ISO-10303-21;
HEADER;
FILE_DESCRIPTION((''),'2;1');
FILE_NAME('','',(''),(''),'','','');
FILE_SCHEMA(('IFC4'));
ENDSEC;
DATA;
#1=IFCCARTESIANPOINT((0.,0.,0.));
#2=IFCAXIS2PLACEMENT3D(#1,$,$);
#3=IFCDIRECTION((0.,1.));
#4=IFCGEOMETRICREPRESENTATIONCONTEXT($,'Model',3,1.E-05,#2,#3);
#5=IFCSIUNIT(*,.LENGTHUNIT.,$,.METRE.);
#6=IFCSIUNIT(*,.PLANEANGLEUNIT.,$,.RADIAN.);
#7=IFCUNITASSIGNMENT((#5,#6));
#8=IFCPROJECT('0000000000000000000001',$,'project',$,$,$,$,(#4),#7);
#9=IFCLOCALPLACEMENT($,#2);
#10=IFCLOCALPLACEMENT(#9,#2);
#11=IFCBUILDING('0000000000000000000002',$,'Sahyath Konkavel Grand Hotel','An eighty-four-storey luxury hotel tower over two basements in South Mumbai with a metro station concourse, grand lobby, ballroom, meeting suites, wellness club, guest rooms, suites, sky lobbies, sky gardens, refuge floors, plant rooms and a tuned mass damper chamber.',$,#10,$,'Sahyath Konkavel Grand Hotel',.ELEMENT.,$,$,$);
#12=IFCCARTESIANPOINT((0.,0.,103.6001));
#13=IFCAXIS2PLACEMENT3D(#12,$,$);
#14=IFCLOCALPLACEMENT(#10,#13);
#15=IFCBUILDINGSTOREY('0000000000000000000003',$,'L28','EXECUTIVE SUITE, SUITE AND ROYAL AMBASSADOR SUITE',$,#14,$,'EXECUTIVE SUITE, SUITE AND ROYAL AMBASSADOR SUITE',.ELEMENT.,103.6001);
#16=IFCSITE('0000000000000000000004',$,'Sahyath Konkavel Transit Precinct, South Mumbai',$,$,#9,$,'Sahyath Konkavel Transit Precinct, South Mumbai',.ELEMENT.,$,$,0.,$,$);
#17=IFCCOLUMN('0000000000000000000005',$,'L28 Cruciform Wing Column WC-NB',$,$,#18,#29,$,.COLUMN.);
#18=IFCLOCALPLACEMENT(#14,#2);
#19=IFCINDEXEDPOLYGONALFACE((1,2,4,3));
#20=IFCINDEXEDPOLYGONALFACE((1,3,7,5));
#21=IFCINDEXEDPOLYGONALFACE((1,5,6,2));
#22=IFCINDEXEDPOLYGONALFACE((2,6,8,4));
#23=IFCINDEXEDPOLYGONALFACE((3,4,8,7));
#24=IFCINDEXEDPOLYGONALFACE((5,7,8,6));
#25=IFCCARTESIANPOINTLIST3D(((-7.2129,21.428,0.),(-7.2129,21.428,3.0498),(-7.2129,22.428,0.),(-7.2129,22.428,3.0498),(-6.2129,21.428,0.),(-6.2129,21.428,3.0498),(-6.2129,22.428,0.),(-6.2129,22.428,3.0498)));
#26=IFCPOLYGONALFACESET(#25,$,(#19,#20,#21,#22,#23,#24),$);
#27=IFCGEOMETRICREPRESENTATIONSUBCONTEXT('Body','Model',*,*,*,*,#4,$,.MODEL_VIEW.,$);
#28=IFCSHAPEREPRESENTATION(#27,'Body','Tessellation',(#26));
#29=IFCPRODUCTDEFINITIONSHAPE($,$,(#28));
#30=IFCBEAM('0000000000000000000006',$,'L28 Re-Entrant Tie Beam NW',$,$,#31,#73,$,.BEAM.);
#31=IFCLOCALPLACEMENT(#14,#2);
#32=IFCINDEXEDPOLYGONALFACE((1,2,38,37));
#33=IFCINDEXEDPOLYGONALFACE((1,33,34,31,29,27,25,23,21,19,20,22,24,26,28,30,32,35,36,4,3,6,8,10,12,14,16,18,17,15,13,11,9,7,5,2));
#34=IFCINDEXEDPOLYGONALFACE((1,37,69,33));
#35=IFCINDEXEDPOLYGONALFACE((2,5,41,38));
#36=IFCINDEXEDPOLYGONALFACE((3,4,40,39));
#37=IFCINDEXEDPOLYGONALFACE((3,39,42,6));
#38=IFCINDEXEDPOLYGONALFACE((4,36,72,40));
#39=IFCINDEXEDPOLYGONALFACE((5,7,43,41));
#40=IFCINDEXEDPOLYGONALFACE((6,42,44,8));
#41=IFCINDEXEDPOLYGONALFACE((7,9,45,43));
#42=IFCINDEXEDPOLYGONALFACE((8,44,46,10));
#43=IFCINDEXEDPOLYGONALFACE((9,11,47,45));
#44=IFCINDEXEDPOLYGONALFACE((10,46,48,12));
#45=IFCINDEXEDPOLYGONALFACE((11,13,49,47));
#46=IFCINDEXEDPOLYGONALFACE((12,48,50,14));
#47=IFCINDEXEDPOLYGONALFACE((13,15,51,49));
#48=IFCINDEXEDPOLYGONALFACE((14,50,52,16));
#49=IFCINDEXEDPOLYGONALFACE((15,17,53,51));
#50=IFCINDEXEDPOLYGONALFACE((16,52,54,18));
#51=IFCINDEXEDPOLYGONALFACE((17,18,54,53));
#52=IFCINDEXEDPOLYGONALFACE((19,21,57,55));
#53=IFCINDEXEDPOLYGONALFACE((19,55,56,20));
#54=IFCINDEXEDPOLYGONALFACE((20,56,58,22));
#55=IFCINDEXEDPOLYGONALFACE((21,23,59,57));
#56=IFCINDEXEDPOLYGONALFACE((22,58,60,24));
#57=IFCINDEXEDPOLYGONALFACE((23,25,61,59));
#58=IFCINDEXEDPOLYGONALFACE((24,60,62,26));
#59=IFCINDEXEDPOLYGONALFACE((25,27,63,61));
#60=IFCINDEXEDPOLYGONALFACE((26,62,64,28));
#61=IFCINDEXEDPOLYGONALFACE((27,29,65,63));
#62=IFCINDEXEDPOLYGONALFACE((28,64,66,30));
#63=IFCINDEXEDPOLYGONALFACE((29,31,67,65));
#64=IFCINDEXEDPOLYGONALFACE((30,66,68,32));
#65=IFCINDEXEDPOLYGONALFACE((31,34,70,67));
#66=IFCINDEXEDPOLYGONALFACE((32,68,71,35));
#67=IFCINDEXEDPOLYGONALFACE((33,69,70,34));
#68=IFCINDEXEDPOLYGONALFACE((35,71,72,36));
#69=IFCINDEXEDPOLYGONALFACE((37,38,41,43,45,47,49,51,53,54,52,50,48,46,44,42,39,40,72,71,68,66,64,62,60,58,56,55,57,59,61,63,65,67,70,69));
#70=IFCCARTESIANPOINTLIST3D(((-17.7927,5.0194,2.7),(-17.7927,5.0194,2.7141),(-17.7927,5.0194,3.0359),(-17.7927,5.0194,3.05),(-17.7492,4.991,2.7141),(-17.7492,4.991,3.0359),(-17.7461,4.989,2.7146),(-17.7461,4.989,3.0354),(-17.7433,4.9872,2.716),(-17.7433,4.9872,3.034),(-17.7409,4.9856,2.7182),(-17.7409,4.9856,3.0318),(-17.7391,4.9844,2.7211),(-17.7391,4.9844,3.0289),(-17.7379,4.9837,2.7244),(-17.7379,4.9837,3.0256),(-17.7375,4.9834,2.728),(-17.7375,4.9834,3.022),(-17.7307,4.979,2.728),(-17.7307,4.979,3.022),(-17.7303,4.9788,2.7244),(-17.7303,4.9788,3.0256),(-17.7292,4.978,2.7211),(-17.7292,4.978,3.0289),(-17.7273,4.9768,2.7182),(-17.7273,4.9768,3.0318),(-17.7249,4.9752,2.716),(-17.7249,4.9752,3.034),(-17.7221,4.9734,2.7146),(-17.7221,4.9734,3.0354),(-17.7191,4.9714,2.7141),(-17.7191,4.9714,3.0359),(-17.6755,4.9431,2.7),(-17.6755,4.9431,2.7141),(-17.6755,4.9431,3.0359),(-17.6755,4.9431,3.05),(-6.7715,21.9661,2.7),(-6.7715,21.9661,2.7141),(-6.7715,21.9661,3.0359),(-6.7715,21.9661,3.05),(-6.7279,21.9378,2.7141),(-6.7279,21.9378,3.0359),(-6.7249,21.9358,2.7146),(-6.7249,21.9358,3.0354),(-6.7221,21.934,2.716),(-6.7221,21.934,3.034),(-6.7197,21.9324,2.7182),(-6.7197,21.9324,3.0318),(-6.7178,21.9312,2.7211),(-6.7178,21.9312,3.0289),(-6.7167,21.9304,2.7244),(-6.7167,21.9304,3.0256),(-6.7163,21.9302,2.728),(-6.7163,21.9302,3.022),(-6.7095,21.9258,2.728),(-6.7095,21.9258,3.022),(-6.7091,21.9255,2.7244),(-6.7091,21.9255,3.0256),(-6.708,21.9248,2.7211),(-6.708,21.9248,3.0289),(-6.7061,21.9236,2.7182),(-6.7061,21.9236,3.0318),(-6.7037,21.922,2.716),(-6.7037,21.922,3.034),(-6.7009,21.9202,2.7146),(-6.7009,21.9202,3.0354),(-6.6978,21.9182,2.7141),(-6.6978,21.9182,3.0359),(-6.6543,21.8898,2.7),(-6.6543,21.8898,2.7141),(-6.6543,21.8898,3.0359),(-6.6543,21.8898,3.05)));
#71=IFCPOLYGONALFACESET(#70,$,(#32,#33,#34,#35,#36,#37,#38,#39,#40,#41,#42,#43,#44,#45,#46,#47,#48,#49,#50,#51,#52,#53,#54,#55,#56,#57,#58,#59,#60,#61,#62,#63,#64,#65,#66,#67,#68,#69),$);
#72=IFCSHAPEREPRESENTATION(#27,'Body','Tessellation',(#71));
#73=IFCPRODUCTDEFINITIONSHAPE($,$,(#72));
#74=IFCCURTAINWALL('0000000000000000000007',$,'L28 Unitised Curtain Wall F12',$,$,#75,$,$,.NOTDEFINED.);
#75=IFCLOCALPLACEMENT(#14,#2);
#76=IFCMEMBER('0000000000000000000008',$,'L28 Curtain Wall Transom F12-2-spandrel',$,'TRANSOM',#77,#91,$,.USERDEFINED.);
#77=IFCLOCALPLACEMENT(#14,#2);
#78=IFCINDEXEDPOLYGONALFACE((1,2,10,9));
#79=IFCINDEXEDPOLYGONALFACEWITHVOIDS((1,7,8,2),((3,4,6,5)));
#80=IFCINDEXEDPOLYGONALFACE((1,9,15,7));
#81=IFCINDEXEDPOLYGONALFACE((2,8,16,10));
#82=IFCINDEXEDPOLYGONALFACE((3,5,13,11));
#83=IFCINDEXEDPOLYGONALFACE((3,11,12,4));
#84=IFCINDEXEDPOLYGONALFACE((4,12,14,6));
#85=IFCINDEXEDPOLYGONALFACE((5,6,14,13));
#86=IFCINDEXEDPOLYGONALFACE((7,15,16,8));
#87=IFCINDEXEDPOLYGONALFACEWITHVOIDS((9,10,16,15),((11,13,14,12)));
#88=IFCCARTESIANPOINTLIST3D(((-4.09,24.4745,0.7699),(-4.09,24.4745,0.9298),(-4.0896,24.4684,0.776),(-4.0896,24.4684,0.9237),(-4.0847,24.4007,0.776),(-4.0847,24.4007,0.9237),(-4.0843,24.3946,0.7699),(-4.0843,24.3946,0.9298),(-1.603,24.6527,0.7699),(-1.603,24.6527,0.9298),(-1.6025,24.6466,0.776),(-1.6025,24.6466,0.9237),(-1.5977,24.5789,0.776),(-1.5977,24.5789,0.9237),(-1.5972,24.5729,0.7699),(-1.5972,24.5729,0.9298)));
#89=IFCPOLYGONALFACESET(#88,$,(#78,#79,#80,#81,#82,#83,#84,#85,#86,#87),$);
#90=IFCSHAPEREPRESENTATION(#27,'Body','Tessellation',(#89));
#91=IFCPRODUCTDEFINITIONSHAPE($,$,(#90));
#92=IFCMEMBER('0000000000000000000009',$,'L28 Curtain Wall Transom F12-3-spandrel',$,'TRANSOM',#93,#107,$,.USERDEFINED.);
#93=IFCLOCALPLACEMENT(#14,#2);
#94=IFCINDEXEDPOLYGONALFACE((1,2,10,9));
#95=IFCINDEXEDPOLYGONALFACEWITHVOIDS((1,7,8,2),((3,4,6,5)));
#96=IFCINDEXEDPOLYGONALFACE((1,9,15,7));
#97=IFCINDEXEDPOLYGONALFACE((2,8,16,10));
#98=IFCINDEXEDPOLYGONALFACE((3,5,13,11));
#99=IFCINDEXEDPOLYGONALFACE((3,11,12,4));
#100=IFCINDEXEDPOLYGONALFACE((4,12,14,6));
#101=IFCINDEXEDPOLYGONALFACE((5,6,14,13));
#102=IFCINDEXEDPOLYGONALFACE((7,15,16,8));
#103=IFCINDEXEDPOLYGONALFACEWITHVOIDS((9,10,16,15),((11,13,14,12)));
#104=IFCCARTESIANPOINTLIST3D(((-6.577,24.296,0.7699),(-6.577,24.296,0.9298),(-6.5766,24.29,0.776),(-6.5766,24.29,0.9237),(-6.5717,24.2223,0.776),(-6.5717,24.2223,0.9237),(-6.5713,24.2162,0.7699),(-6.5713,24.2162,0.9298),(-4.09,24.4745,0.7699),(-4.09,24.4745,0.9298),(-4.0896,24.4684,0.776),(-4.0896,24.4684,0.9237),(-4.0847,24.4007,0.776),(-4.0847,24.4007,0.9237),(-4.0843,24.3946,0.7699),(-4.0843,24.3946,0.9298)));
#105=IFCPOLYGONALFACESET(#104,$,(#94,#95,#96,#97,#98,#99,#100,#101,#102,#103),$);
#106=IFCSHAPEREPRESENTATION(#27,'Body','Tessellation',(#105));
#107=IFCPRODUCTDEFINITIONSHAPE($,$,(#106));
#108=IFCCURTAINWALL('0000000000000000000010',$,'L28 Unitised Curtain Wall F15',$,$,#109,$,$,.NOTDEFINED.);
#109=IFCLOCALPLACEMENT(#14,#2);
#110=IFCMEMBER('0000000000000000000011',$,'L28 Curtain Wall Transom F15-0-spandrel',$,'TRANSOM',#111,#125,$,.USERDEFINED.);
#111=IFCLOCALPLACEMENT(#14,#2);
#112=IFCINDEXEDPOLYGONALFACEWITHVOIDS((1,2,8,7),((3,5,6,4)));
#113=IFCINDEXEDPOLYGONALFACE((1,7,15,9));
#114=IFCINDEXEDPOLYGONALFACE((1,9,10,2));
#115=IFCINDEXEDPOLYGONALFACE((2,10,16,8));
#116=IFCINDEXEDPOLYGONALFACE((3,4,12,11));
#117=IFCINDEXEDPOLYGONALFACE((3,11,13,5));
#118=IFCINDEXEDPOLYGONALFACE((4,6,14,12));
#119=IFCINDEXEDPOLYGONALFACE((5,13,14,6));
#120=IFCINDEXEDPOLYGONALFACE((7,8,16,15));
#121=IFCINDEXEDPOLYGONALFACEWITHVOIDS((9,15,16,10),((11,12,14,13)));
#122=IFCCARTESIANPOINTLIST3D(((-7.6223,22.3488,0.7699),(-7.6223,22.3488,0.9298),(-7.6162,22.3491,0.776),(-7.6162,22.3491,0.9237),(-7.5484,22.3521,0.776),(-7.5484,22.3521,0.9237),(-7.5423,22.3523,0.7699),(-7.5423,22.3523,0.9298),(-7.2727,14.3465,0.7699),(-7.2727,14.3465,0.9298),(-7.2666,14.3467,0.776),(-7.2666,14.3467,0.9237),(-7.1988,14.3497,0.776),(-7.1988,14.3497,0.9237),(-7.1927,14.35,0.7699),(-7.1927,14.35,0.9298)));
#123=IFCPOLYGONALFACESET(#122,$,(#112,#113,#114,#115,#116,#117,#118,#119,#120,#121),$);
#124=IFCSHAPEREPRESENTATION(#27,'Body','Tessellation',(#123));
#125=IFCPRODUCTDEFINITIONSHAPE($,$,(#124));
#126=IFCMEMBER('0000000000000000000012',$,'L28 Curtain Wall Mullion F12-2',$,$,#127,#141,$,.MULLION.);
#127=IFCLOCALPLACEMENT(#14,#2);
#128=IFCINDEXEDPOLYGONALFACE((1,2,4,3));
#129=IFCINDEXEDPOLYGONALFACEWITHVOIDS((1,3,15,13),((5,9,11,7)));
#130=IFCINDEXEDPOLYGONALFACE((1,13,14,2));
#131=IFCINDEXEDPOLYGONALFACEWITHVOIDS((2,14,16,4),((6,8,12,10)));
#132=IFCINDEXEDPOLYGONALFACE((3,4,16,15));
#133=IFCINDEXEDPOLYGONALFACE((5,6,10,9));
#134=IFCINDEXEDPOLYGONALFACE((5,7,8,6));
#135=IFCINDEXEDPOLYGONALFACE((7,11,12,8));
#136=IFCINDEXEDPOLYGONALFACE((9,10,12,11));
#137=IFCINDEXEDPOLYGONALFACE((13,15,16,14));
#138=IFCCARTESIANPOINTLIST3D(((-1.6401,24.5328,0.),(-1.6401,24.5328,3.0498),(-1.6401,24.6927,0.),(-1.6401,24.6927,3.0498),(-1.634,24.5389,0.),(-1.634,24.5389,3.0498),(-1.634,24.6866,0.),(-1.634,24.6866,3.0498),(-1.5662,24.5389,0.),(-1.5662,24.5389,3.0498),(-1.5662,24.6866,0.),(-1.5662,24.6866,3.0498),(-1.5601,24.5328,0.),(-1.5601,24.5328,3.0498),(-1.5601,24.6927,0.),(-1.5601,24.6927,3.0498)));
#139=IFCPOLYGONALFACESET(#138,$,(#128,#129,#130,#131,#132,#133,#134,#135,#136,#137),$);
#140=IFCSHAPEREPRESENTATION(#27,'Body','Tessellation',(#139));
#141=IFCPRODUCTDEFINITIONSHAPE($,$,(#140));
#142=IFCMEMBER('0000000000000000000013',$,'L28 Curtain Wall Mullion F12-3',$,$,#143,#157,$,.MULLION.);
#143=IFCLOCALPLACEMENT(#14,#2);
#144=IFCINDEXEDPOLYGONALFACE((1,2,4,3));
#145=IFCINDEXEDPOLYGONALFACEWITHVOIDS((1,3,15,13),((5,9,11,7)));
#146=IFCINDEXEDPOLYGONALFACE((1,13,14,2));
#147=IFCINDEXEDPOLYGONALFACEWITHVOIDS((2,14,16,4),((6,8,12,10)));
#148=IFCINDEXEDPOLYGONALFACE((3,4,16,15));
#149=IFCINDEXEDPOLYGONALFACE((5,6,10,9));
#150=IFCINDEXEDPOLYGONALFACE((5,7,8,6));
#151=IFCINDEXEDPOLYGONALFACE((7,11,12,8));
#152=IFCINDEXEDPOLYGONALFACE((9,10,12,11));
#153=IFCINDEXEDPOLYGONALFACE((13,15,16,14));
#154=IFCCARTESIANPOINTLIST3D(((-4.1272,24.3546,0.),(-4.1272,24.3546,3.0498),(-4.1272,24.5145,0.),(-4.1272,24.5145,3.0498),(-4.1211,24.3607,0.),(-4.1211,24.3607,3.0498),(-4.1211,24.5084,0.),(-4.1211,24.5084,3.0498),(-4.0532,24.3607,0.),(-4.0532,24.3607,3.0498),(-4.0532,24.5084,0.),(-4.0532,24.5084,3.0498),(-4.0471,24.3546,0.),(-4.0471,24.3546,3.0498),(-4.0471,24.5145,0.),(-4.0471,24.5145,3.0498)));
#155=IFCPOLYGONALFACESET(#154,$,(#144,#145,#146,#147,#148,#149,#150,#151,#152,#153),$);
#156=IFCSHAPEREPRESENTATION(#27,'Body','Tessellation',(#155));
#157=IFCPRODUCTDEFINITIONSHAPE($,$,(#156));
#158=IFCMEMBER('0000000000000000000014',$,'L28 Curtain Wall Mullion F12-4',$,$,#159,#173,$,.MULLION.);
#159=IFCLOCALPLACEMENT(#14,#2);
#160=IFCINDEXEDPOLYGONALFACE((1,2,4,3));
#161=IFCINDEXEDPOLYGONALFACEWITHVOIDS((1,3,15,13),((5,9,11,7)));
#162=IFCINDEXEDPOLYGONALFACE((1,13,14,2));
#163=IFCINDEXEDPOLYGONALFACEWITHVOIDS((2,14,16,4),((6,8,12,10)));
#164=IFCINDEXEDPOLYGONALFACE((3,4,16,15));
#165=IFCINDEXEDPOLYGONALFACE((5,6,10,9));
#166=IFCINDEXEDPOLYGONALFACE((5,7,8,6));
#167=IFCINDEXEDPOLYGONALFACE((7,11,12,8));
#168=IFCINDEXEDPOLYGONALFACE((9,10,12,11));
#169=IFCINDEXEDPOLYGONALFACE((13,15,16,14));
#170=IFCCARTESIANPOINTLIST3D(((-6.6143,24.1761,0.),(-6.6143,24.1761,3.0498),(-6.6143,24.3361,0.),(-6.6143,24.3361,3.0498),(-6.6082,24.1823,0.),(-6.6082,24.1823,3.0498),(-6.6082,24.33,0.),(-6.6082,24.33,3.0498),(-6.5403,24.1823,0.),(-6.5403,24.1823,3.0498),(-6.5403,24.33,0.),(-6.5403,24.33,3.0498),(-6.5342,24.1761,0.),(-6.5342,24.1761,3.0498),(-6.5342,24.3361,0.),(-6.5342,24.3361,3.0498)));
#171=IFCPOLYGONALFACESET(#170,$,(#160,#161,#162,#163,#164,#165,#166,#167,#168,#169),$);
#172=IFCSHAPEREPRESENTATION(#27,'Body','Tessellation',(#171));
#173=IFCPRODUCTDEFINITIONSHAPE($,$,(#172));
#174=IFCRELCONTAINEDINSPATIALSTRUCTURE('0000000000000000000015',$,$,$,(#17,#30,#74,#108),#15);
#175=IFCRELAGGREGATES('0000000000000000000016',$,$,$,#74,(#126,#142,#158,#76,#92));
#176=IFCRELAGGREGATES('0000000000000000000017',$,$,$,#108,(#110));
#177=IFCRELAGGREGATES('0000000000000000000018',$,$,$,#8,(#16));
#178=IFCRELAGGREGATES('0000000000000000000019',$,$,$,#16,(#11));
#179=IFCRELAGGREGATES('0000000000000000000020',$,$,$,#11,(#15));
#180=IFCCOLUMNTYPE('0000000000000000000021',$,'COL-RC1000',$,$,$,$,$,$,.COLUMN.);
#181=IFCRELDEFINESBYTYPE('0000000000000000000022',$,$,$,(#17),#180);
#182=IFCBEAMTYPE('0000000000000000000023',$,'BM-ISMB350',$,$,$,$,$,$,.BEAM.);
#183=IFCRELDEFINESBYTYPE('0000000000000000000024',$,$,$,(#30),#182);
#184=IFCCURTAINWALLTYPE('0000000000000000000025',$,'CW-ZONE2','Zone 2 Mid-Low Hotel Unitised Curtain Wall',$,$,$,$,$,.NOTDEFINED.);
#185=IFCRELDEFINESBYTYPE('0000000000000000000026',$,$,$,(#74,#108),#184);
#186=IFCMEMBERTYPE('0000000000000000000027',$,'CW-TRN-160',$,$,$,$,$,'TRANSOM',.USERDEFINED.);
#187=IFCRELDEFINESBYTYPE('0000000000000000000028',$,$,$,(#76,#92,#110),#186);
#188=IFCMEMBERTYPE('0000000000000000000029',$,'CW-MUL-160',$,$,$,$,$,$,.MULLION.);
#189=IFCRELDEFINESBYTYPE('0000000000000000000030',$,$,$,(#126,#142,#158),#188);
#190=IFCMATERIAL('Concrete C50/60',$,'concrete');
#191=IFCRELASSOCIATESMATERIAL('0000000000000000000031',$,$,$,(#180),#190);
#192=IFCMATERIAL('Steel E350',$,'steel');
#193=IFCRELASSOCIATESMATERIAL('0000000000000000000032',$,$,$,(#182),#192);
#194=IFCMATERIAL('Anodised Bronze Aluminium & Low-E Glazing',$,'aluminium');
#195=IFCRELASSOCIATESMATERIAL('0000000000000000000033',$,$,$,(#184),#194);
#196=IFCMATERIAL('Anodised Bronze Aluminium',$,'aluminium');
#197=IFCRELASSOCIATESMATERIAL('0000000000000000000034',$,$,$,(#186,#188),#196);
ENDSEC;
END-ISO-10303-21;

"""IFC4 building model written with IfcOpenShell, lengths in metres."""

from ifc_helpers import new_model, si_unit, direction, frame, origin, origin_2d, place, context, subcontext, project, spatial, rectangle, hollow_rectangle, i_section, extrude, source, transform, mapped, material, material_profile, profile_set, type_object, element, aggregate, save


model = new_model("IFC4")

# Units and contexts
model_context = context("Model", 3, precision=1e-05, world=origin(), true_north=direction((0.0, 1.0)))
body_context = subcontext(model_context, "Body", "Model", "MODEL_VIEW")
ifc_project = project(units=[si_unit("LENGTHUNIT", "METRE"), si_unit("PLANEANGLEUNIT", "RADIAN")], contexts=[model_context])

# Site, building, storey
site_placement = place(None, origin())
site = spatial("IfcSite", under=ifc_project, at=site_placement, Name="Sahyath Konkavel Transit Precinct, South Mumbai", LongName="Sahyath Konkavel Transit Precinct, South Mumbai", CompositionType="ELEMENT", RefElevation=0.0)
building_placement = place(site_placement, origin())
building = spatial("IfcBuilding", under=site, at=building_placement, Name="Sahyath Konkavel Grand Hotel", Description="An eighty-four-storey luxury hotel tower over two basements in South Mumbai with a metro station concourse, grand lobby, ballroom, meeting suites, wellness club, guest rooms, suites, sky lobbies, sky gardens, refuge floors, plant rooms and a tuned mass damper chamber.", LongName="Sahyath Konkavel Grand Hotel", CompositionType="ELEMENT")
storey_placement = place(building_placement, frame((0.0, 0.0, 103.6001)))
storey = spatial("IfcBuildingStorey", under=building, at=storey_placement, Name="L28", Description="EXECUTIVE SUITE, SUITE AND ROYAL AMBASSADOR SUITE", LongName="EXECUTIVE SUITE, SUITE AND ROYAL AMBASSADOR SUITE", CompositionType="ELEMENT", Elevation=103.6001)

# Column
ifc_material_1 = material(Name="Concrete C50/60", Category="concrete")
ifc_material_profile_1 = material_profile(ifc_material_1, rectangle(XDim=1.0, YDim=1.0, at=origin_2d()), Name="RC 1000x1000")
ifc_profile_set_1 = profile_set([ifc_material_profile_1], Name="Concrete C50/60")
column_type = type_object("IfcColumnType", Name="COL-RC1000", PredefinedType="COLUMN", material=ifc_profile_set_1)
shared_shape_1 = source(origin(), body_context, "Body", "SweptSolid", [
    extrude(rectangle(XDim=1.0, YDim=1.0, at=origin_2d()), origin(), (0.0, 0.0, 1.0), 3.0498),
])
column_placement = place(storey_placement, frame((-6.7129, 21.928, 0.0), z_axis=(0.0, 0.0, 1.0), x_axis=(1.0, 0.0, 0.0)))
element("IfcColumn", 1, at=column_placement, inside=storey, type_object=column_type, Name="L28 Cruciform Wing Column WC-NB", PredefinedType="COLUMN", context=body_context, shape_type="MappedRepresentation", body=[
    mapped(shared_shape_1, transform((0.0, 0.0, 0.0), scale=1.0)),
])

# Beam
ifc_material_2 = material(Name="Steel E350", Category="steel")
ifc_material_profile_2 = material_profile(ifc_material_2, i_section(OverallWidth=0.1399, OverallDepth=0.3501, WebThickness=0.0081, FlangeThickness=0.0142, FilletRadius=0.0139, at=origin_2d()), Name="ISMB 350")
ifc_profile_set_2 = profile_set([ifc_material_profile_2], Name="Steel E350")
beam_type = type_object("IfcBeamType", Name="BM-ISMB350", PredefinedType="BEAM", material=ifc_profile_set_2)
shared_shape_2 = source(origin(), body_context, "Body", "SweptSolid", [
    extrude(i_section(OverallWidth=0.1399, OverallDepth=0.3501, WebThickness=0.0081, FlangeThickness=0.0142, FilletRadius=0.0139, at=origin_2d()), origin(), (0.0, 0.0, 1.0), 20.2153),
])
beam_placement = place(storey_placement, frame((-6.7129, 21.928, 2.875), z_axis=(-0.545191, -0.838312, 0.0), x_axis=(0.838312, -0.545191, 0.0)))
element("IfcBeam", 2, at=beam_placement, inside=storey, type_object=beam_type, Name="L28 Re-Entrant Tie Beam NW", PredefinedType="BEAM", context=body_context, shape_type="MappedRepresentation", body=[
    mapped(shared_shape_2, transform((0.0, 0.0, 0.0), scale=1.0)),
])

# Curtain wall, members
ifc_material_3 = material(Name="Anodised Bronze Aluminium & Low-E Glazing", Category="aluminium")
curtain_wall_type = type_object("IfcCurtainWallType", Name="CW-ZONE2", Description="Zone 2 Mid-Low Hotel Unitised Curtain Wall", PredefinedType="NOTDEFINED", material=ifc_material_3)
curtain_wall_1_placement = place(storey_placement, origin())
curtain_wall_1 = element("IfcCurtainWall", 3, at=curtain_wall_1_placement, inside=storey, type_object=curtain_wall_type, Name="L28 Unitised Curtain Wall F12", PredefinedType="NOTDEFINED")
ifc_material_4 = material(Name="Anodised Bronze Aluminium", Category="aluminium")
ifc_material_profile_3 = material_profile(ifc_material_4, hollow_rectangle(XDim=0.0801, YDim=0.1599, WallThickness=0.0061, at=origin_2d()), Name="RHS 160x80x6")
ifc_profile_set_3 = profile_set([ifc_material_profile_3], Name="Anodised Bronze Aluminium")
member_type_1 = type_object("IfcMemberType", Name="CW-TRN-160", ElementType="TRANSOM", PredefinedType="USERDEFINED", material=ifc_profile_set_3)
shared_shape_3 = source(origin(), body_context, "Body", "SweptSolid", [
    extrude(hollow_rectangle(XDim=0.0801, YDim=0.1599, WallThickness=0.0061, at=origin_2d()), origin(), (0.0, 0.0, 1.0), 2.4934),
])
member_1_placement = place(storey_placement, frame((-1.6001, 24.6128, 0.8499), z_axis=(-0.997442, -0.071477, 0.0), x_axis=(0.071477, -0.997442, 0.0)))
member_1 = element("IfcMember", 4, at=member_1_placement, type_object=member_type_1, Name="L28 Curtain Wall Transom F12-2-spandrel", ObjectType="TRANSOM", PredefinedType="USERDEFINED", context=body_context, shape_type="MappedRepresentation", body=[
    mapped(shared_shape_3, transform((0.0, 0.0, 0.0), scale=1.0)),
])
member_2_placement = place(storey_placement, frame((-4.0872, 24.4346, 0.8499), z_axis=(-0.997435, -0.071574, 0.0), x_axis=(0.071574, -0.997435, 0.0)))
member_2 = element("IfcMember", 5, at=member_2_placement, type_object=member_type_1, Name="L28 Curtain Wall Transom F12-3-spandrel", ObjectType="TRANSOM", PredefinedType="USERDEFINED", context=body_context, shape_type="MappedRepresentation", body=[
    mapped(shared_shape_3, transform((0.0, 0.0, 0.0), scale=1.0)),
])

# Curtain wall, member
curtain_wall_2_placement = place(storey_placement, origin())
curtain_wall_2 = element("IfcCurtainWall", 6, at=curtain_wall_2_placement, inside=storey, type_object=curtain_wall_type, Name="L28 Unitised Curtain Wall F15", PredefinedType="NOTDEFINED")
shared_shape_4 = source(origin(), body_context, "Body", "SweptSolid", [
    extrude(hollow_rectangle(XDim=0.0801, YDim=0.1599, WallThickness=0.0061, at=origin_2d()), origin(), (0.0, 0.0, 1.0), 8.01),
])
member_3_placement = place(storey_placement, frame((-7.5823, 22.3506, 0.8499), z_axis=(0.043646, -0.999047, 0.0), x_axis=(0.999047, 0.043646, 0.0)))
member_3 = element("IfcMember", 7, at=member_3_placement, type_object=member_type_1, Name="L28 Curtain Wall Transom F15-0-spandrel", ObjectType="TRANSOM", PredefinedType="USERDEFINED", context=body_context, shape_type="MappedRepresentation", body=[
    mapped(shared_shape_4, transform((0.0, 0.0, 0.0), scale=1.0)),
])

# Members
ifc_material_profile_4 = material_profile(ifc_material_4, hollow_rectangle(XDim=0.0801, YDim=0.1599, WallThickness=0.0061, at=origin_2d()), Name="RHS 160x80x6")
ifc_profile_set_4 = profile_set([ifc_material_profile_4], Name="Anodised Bronze Aluminium")
member_type_2 = type_object("IfcMemberType", Name="CW-MUL-160", PredefinedType="MULLION", material=ifc_profile_set_4)
shared_shape_5 = source(origin(), body_context, "Body", "SweptSolid", [
    extrude(hollow_rectangle(XDim=0.0801, YDim=0.1599, WallThickness=0.0061, at=origin_2d()), origin(), (0.0, 0.0, 1.0), 3.0498),
])
member_4_placement = place(storey_placement, frame((-1.6001, 24.6128, 0.0), z_axis=(0.0, 0.0, 1.0), x_axis=(1.0, 0.0, 0.0)))
member_4 = element("IfcMember", 8, at=member_4_placement, type_object=member_type_2, Name="L28 Curtain Wall Mullion F12-2", PredefinedType="MULLION", context=body_context, shape_type="MappedRepresentation", body=[
    mapped(shared_shape_5, transform((0.0, 0.0, 0.0), scale=1.0)),
])
member_5_placement = place(storey_placement, frame((-4.0872, 24.4346, 0.0), z_axis=(0.0, 0.0, 1.0), x_axis=(1.0, 0.0, 0.0)))
member_5 = element("IfcMember", 9, at=member_5_placement, type_object=member_type_2, Name="L28 Curtain Wall Mullion F12-3", PredefinedType="MULLION", context=body_context, shape_type="MappedRepresentation", body=[
    mapped(shared_shape_5, transform((0.0, 0.0, 0.0), scale=1.0)),
])
member_6_placement = place(storey_placement, frame((-6.5742, 24.2561, 0.0), z_axis=(0.0, 0.0, 1.0), x_axis=(1.0, 0.0, 0.0)))
member_6 = element("IfcMember", 10, at=member_6_placement, type_object=member_type_2, Name="L28 Curtain Wall Mullion F12-4", PredefinedType="MULLION", context=body_context, shape_type="MappedRepresentation", body=[
    mapped(shared_shape_5, transform((0.0, 0.0, 0.0), scale=1.0)),
])

aggregate(curtain_wall_1, [member_4, member_5, member_6, member_1, member_2])
aggregate(curtain_wall_2, [member_3])

save(model, "model.ifc")
